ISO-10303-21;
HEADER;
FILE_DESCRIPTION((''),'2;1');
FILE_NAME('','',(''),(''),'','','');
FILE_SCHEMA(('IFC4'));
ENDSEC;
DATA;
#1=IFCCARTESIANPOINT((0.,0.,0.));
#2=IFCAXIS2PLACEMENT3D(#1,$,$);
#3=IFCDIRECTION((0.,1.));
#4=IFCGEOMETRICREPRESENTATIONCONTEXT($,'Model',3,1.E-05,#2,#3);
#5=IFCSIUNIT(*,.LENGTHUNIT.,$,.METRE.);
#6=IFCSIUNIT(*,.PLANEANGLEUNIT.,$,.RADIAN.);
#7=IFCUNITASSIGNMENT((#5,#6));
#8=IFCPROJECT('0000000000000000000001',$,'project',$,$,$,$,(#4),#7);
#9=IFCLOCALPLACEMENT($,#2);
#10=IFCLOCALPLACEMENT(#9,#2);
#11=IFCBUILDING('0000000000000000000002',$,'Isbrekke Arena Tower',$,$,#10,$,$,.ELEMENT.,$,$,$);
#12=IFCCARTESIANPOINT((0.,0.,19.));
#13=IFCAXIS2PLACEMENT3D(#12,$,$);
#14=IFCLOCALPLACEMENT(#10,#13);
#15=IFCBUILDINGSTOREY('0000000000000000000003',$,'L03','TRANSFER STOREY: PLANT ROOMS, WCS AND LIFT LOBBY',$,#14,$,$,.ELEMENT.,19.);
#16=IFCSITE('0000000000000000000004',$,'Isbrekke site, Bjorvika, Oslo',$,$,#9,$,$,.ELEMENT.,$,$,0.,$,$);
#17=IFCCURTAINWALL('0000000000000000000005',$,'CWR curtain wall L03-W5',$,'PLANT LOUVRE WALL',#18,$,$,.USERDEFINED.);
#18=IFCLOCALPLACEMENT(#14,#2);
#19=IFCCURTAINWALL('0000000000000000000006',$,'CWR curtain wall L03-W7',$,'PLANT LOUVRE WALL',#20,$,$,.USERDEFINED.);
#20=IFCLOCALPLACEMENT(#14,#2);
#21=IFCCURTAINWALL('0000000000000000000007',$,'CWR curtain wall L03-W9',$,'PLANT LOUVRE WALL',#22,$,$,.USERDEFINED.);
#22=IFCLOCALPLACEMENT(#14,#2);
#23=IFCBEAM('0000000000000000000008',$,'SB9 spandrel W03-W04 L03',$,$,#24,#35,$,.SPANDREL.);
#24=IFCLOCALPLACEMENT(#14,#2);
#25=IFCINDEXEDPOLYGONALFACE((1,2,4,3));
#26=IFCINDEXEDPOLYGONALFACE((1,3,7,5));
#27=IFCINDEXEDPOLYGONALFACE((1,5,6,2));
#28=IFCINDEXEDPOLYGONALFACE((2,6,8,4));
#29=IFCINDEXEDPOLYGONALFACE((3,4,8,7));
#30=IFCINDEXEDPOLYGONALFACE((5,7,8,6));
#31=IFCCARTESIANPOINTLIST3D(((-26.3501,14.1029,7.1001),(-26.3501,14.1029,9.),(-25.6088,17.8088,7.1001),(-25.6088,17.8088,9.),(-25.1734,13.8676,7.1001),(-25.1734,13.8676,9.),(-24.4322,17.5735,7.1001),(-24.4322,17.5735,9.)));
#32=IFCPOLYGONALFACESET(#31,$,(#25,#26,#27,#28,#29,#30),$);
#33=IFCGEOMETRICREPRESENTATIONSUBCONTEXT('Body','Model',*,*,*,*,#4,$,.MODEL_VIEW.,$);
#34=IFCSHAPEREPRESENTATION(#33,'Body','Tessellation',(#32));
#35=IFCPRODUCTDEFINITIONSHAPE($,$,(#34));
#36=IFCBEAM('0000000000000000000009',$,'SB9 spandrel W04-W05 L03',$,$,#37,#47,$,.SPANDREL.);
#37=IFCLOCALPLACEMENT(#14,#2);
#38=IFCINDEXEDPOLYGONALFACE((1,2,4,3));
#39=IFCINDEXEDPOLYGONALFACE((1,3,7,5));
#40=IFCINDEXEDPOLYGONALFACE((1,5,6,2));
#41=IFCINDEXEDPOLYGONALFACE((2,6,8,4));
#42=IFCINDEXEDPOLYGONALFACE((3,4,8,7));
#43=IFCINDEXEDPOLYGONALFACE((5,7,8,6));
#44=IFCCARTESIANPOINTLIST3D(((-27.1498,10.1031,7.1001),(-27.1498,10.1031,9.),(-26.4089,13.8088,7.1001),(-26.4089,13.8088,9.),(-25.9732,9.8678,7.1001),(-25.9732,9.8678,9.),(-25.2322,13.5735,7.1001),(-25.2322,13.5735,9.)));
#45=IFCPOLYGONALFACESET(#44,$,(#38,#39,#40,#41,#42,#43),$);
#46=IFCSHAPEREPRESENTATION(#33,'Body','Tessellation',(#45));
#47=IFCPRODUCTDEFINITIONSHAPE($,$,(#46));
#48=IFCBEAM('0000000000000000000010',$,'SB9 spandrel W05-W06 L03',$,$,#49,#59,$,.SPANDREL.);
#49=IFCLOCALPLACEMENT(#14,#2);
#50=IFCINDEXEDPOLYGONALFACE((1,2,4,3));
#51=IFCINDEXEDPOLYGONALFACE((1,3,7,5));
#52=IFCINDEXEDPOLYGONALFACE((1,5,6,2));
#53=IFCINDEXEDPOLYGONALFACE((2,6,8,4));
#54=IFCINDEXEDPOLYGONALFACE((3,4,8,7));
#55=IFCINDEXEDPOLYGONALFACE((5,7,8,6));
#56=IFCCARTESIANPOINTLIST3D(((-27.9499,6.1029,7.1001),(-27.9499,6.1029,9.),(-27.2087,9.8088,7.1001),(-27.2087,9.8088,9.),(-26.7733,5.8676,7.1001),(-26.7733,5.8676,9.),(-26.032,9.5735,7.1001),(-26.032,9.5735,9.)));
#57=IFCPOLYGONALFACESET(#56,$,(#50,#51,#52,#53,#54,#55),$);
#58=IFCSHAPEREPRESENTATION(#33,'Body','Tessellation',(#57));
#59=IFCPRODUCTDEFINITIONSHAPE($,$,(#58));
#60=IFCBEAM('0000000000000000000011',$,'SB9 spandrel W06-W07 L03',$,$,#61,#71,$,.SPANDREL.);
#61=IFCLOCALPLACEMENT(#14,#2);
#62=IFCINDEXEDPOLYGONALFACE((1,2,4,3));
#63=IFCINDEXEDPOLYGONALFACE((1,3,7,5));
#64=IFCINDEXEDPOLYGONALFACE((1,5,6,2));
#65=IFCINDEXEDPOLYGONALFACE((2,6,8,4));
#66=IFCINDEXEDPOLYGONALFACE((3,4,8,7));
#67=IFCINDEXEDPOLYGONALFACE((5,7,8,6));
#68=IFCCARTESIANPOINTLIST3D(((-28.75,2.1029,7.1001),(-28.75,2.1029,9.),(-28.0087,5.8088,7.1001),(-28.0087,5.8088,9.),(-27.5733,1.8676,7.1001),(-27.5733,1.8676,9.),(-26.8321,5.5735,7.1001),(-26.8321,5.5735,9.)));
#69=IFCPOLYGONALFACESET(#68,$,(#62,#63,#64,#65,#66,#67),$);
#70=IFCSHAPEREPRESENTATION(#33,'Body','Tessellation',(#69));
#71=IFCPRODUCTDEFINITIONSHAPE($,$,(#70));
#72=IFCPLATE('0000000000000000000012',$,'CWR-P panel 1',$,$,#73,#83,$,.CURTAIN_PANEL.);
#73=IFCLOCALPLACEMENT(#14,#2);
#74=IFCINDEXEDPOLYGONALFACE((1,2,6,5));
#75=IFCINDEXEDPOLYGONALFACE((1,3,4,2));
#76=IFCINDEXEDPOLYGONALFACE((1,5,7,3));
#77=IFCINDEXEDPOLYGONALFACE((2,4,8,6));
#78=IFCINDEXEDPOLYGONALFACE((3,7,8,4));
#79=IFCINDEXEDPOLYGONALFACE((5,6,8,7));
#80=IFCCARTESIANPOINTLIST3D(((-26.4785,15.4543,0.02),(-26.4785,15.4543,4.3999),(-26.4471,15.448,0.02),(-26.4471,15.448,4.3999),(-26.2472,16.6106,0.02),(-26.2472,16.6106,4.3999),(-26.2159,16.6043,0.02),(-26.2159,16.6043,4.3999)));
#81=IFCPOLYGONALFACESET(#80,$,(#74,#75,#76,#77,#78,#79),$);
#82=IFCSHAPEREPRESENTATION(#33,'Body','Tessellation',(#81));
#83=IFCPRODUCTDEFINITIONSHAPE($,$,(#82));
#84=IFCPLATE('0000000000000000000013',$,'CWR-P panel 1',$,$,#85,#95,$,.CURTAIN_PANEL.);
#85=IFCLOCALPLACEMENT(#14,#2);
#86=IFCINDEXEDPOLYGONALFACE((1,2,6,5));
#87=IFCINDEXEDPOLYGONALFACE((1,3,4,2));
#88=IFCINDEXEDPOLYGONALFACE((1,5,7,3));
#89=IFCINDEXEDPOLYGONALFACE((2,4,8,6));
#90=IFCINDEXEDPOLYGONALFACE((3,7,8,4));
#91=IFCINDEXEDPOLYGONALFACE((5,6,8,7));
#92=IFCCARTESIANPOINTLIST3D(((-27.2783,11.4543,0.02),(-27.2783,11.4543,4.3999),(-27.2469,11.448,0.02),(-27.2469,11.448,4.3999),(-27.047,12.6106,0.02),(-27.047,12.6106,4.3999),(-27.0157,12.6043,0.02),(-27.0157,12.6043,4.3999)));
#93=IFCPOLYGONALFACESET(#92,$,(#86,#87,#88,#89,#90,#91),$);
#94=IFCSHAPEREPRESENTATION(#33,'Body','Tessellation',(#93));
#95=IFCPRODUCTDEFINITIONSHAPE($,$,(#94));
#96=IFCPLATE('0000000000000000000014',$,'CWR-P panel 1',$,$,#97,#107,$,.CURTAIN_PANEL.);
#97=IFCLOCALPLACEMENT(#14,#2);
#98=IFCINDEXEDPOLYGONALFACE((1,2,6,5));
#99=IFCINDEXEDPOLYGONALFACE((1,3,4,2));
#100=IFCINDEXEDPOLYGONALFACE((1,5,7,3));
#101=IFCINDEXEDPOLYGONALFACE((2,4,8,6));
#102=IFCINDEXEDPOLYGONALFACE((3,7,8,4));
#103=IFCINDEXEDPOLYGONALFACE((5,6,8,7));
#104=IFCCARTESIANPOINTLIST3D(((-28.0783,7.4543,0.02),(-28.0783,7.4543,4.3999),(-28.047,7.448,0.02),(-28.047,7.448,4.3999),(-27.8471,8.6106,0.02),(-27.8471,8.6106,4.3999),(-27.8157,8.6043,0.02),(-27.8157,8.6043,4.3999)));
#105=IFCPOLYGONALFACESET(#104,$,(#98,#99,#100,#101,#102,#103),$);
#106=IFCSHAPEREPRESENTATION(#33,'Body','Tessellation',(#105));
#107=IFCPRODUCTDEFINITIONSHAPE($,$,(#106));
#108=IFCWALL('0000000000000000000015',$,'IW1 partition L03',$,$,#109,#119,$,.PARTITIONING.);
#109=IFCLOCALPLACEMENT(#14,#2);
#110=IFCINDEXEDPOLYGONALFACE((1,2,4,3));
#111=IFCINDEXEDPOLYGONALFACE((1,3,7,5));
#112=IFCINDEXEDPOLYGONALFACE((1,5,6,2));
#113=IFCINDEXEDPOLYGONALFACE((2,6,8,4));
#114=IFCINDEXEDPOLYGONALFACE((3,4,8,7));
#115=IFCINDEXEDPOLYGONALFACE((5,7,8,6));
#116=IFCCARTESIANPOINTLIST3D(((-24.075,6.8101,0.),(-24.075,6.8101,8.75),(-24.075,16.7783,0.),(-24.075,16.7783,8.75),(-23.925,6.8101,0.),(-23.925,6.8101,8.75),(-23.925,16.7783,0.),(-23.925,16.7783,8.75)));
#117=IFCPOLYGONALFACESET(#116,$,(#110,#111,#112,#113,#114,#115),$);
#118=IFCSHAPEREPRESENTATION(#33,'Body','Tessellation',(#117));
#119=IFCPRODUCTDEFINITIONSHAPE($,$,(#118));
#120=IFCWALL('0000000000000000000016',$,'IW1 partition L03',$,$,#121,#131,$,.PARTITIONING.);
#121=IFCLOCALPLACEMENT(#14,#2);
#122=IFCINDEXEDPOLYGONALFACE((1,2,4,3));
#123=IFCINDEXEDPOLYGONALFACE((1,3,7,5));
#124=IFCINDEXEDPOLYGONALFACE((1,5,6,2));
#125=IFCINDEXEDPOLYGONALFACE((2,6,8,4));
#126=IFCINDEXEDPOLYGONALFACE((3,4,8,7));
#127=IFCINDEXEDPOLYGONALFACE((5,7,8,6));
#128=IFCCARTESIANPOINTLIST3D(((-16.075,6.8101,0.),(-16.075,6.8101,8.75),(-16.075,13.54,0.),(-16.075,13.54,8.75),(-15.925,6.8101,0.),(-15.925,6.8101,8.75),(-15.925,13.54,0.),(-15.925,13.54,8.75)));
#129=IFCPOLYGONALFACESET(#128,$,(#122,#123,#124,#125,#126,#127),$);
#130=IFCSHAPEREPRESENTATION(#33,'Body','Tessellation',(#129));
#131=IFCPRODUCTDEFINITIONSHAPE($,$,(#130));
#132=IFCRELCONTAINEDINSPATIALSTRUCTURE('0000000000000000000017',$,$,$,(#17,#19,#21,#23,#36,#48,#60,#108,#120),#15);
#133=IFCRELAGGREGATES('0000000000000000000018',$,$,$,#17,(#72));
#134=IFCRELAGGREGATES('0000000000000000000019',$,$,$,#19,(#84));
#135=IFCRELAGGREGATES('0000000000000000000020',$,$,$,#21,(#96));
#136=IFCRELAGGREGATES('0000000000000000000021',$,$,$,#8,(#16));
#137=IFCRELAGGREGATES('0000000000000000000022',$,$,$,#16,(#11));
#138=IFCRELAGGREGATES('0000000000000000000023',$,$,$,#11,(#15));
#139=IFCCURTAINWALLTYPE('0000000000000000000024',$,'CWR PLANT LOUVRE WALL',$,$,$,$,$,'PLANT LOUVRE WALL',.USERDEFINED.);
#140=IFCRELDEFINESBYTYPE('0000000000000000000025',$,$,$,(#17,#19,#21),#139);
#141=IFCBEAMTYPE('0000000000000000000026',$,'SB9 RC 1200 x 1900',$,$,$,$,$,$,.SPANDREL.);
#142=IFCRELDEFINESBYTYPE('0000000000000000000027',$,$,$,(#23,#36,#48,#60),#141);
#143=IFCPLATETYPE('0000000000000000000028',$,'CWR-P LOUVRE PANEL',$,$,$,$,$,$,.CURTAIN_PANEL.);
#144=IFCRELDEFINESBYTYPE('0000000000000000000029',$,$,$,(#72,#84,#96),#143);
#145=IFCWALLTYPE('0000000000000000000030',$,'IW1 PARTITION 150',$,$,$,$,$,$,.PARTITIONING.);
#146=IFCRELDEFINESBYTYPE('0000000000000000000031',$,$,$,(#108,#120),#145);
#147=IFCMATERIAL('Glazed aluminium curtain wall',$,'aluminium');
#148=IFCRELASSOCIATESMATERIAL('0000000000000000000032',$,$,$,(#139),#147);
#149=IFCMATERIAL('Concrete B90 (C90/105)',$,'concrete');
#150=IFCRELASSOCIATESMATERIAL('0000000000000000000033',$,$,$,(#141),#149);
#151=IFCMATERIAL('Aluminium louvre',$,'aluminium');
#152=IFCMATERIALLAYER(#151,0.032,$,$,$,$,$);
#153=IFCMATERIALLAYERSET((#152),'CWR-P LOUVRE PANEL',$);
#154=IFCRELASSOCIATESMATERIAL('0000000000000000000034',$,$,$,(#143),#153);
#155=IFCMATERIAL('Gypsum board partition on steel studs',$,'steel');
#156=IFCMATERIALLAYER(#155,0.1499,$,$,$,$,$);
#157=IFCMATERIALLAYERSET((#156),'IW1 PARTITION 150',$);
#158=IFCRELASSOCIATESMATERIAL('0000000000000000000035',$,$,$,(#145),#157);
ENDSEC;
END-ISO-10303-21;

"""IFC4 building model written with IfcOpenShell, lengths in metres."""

from ifc_helpers import new_model, si_unit, direction, frame, frame_2d, origin, origin_2d, place, context, subcontext, project, spatial, rectangle, extrude, material, layer, layer_set, material_profile, profile_set, type_object, element, aggregate, save


model = new_model("IFC4")

# Units and contexts
model_context = context("Model", 3, precision=1e-05, world=origin(), true_north=direction((0.0, 1.0)))
body_context = subcontext(model_context, "Body", "Model", "MODEL_VIEW")
ifc_project = project(units=[si_unit("LENGTHUNIT", "METRE"), si_unit("PLANEANGLEUNIT", "RADIAN")], contexts=[model_context])

# Site, building, storey
site_placement = place(None, origin())
site = spatial("IfcSite", under=ifc_project, at=site_placement, Name="Isbrekke site, Bjorvika, Oslo", CompositionType="ELEMENT", RefElevation=0.0)
building_placement = place(site_placement, origin())
building = spatial("IfcBuilding", under=site, at=building_placement, Name="Isbrekke Arena Tower", CompositionType="ELEMENT")
storey_placement = place(building_placement, frame((0.0, 0.0, 19.0)))
storey = spatial("IfcBuildingStorey", under=building, at=storey_placement, Name="L03", Description="TRANSFER STOREY: PLANT ROOMS, WCS AND LIFT LOBBY", CompositionType="ELEMENT", Elevation=19.0)

# Curtain walls
ifc_material_1 = material(Name="Glazed aluminium curtain wall", Category="aluminium")
curtain_wall_type = type_object("IfcCurtainWallType", Name="CWR PLANT LOUVRE WALL", ElementType="PLANT LOUVRE WALL", PredefinedType="USERDEFINED", material=ifc_material_1)
curtain_wall_1_placement = place(storey_placement, origin())
curtain_wall_1 = element("IfcCurtainWall", 1, at=curtain_wall_1_placement, inside=storey, type_object=curtain_wall_type, Name="CWR curtain wall L03-W5", ObjectType="PLANT LOUVRE WALL", PredefinedType="USERDEFINED")
curtain_wall_2_placement = place(storey_placement, origin())
curtain_wall_2 = element("IfcCurtainWall", 2, at=curtain_wall_2_placement, inside=storey, type_object=curtain_wall_type, Name="CWR curtain wall L03-W7", ObjectType="PLANT LOUVRE WALL", PredefinedType="USERDEFINED")
curtain_wall_3_placement = place(storey_placement, origin())
curtain_wall_3 = element("IfcCurtainWall", 3, at=curtain_wall_3_placement, inside=storey, type_object=curtain_wall_type, Name="CWR curtain wall L03-W9", ObjectType="PLANT LOUVRE WALL", PredefinedType="USERDEFINED")

# Beams
ifc_material_2 = material(Name="Concrete B90 (C90/105)", Category="concrete")
ifc_material_profile_1 = material_profile(ifc_material_2, rectangle(XDim=1.2, YDim=1.8999, at=origin_2d()), Name="RC 1200x1900")
ifc_profile_set_1 = profile_set([ifc_material_profile_1], Name="Concrete B90 (C90/105)")
beam_type_1 = type_object("IfcBeamType", Name="SB9 RC 1200 x 1900", PredefinedType="SPANDREL", material=ifc_profile_set_1)
beam_1_placement = place(storey_placement, frame((-25.0205, 17.6912, 8.05), z_axis=(-0.196129, -0.980578, 0.0), x_axis=(0.980578, -0.196129, 0.0)))
element("IfcBeam", 4, at=beam_1_placement, inside=storey, type_object=beam_type_1, Name="SB9 spandrel W03-W04 L03", PredefinedType="SPANDREL", context=body_context, shape_type="SweptSolid", body=[
    extrude(rectangle(XDim=1.2, YDim=1.8999, at=origin_2d()), origin(), (0.0, 0.0, 1.0), 3.7793),
])
beam_2_placement = place(storey_placement, frame((-25.8206, 13.6912, 8.05), z_axis=(-0.196066, -0.980591, 0.0), x_axis=(0.980591, -0.196066, 0.0)))
element("IfcBeam", 5, at=beam_2_placement, inside=storey, type_object=beam_type_1, Name="SB9 spandrel W04-W05 L03", PredefinedType="SPANDREL", context=body_context, shape_type="SweptSolid", body=[
    extrude(rectangle(XDim=1.2, YDim=1.8999, at=origin_2d()), origin(), (0.0, 0.0, 1.0), 3.7791),
])
for number, where, z_axis, x_axis, name in (
    (6, (-26.6204, 9.6912, 8.05), (-0.196129, -0.980578, 0.0), (0.980578, -0.196129, 0.0), "SB9 spandrel W05-W06 L03"),
    (7, (-27.4204, 5.6912, 8.05), (-0.196129, -0.980578, 0.0), (0.980578, -0.196129, 0.0), "SB9 spandrel W06-W07 L03"),
):
    element("IfcBeam", number, at=place(storey_placement, frame(where, z_axis=z_axis, x_axis=x_axis)), inside=storey, type_object=beam_type_1, Name=name, PredefinedType="SPANDREL", context=body_context, shape_type="SweptSolid", body=[
        extrude(rectangle(XDim=1.2, YDim=1.8999, at=origin_2d()), origin(), (0.0, 0.0, 1.0), 3.7793),
    ])

# Plates
ifc_material_3 = material(Name="Aluminium louvre", Category="aluminium")
ifc_layer_1 = layer(ifc_material_3, 0.032)
ifc_layer_set_1 = layer_set([ifc_layer_1], Name="CWR-P LOUVRE PANEL")
plate_type = type_object("IfcPlateType", Name="CWR-P LOUVRE PANEL", PredefinedType="CURTAIN_PANEL", material=ifc_layer_set_1)
plate_1_placement = place(storey_placement, frame((-26.3472, 16.0293, 0.02), z_axis=(0.0, 0.0, 1.0), x_axis=(-0.196116, -0.980581, 0.0)))
plate_1 = element("IfcPlate", 8, at=plate_1_placement, type_object=plate_type, Name="CWR-P panel 1", PredefinedType="CURTAIN_PANEL", context=body_context, shape_type="SweptSolid", body=[
    extrude(rectangle(XDim=1.1792, YDim=0.032, at=origin_2d()), origin(), (0.0, 0.0, 1.0), 4.3799),
])
aggregate(curtain_wall_1, [plate_1])
plate_2_placement = place(storey_placement, frame((-27.147, 12.0293, 0.02), z_axis=(0.0, 0.0, 1.0), x_axis=(-0.196116, -0.980581, 0.0)))
plate_2 = element("IfcPlate", 9, at=plate_2_placement, type_object=plate_type, Name="CWR-P panel 1", PredefinedType="CURTAIN_PANEL", context=body_context, shape_type="SweptSolid", body=[
    extrude(rectangle(XDim=1.1792, YDim=0.032, at=origin_2d()), origin(), (0.0, 0.0, 1.0), 4.3799),
])
aggregate(curtain_wall_2, [plate_2])
plate_3_placement = place(storey_placement, frame((-27.947, 8.0293, 0.02), z_axis=(0.0, 0.0, 1.0), x_axis=(-0.196116, -0.980581, 0.0)))
plate_3 = element("IfcPlate", 10, at=plate_3_placement, type_object=plate_type, Name="CWR-P panel 1", PredefinedType="CURTAIN_PANEL", context=body_context, shape_type="SweptSolid", body=[
    extrude(rectangle(XDim=1.1792, YDim=0.032, at=origin_2d()), origin(), (0.0, 0.0, 1.0), 4.3799),
])
aggregate(curtain_wall_3, [plate_3])

# Walls
ifc_material_4 = material(Name="Gypsum board partition on steel studs", Category="steel")
ifc_layer_2 = layer(ifc_material_4, 0.1499)
ifc_layer_set_2 = layer_set([ifc_layer_2], Name="IW1 PARTITION 150")
wall_type = type_object("IfcWallType", Name="IW1 PARTITION 150", PredefinedType="PARTITIONING", material=ifc_layer_set_2)
wall_1_placement = place(storey_placement, frame((-24.0, 6.8101, 0.0), z_axis=(0.0, 0.0, 1.0), x_axis=(0.0, 1.0, 0.0)))
element("IfcWall", 11, at=wall_1_placement, inside=storey, type_object=wall_type, Name="IW1 partition L03", PredefinedType="PARTITIONING", context=body_context, shape_type="SweptSolid", body=[
    extrude(rectangle(XDim=9.9683, YDim=0.1499, at=frame_2d((4.9841, 0.0))), origin(), (0.0, 0.0, 1.0), 8.75),
])
wall_2_placement = place(storey_placement, frame((-16.0, 6.8101, 0.0), z_axis=(0.0, 0.0, 1.0), x_axis=(0.0, 1.0, 0.0)))
element("IfcWall", 12, at=wall_2_placement, inside=storey, type_object=wall_type, Name="IW1 partition L03", PredefinedType="PARTITIONING", context=body_context, shape_type="SweptSolid", body=[
    extrude(rectangle(XDim=6.73, YDim=0.1499, at=frame_2d((3.365, 0.0))), origin(), (0.0, 0.0, 1.0), 8.75),
])

save(model, "model.ifc")
